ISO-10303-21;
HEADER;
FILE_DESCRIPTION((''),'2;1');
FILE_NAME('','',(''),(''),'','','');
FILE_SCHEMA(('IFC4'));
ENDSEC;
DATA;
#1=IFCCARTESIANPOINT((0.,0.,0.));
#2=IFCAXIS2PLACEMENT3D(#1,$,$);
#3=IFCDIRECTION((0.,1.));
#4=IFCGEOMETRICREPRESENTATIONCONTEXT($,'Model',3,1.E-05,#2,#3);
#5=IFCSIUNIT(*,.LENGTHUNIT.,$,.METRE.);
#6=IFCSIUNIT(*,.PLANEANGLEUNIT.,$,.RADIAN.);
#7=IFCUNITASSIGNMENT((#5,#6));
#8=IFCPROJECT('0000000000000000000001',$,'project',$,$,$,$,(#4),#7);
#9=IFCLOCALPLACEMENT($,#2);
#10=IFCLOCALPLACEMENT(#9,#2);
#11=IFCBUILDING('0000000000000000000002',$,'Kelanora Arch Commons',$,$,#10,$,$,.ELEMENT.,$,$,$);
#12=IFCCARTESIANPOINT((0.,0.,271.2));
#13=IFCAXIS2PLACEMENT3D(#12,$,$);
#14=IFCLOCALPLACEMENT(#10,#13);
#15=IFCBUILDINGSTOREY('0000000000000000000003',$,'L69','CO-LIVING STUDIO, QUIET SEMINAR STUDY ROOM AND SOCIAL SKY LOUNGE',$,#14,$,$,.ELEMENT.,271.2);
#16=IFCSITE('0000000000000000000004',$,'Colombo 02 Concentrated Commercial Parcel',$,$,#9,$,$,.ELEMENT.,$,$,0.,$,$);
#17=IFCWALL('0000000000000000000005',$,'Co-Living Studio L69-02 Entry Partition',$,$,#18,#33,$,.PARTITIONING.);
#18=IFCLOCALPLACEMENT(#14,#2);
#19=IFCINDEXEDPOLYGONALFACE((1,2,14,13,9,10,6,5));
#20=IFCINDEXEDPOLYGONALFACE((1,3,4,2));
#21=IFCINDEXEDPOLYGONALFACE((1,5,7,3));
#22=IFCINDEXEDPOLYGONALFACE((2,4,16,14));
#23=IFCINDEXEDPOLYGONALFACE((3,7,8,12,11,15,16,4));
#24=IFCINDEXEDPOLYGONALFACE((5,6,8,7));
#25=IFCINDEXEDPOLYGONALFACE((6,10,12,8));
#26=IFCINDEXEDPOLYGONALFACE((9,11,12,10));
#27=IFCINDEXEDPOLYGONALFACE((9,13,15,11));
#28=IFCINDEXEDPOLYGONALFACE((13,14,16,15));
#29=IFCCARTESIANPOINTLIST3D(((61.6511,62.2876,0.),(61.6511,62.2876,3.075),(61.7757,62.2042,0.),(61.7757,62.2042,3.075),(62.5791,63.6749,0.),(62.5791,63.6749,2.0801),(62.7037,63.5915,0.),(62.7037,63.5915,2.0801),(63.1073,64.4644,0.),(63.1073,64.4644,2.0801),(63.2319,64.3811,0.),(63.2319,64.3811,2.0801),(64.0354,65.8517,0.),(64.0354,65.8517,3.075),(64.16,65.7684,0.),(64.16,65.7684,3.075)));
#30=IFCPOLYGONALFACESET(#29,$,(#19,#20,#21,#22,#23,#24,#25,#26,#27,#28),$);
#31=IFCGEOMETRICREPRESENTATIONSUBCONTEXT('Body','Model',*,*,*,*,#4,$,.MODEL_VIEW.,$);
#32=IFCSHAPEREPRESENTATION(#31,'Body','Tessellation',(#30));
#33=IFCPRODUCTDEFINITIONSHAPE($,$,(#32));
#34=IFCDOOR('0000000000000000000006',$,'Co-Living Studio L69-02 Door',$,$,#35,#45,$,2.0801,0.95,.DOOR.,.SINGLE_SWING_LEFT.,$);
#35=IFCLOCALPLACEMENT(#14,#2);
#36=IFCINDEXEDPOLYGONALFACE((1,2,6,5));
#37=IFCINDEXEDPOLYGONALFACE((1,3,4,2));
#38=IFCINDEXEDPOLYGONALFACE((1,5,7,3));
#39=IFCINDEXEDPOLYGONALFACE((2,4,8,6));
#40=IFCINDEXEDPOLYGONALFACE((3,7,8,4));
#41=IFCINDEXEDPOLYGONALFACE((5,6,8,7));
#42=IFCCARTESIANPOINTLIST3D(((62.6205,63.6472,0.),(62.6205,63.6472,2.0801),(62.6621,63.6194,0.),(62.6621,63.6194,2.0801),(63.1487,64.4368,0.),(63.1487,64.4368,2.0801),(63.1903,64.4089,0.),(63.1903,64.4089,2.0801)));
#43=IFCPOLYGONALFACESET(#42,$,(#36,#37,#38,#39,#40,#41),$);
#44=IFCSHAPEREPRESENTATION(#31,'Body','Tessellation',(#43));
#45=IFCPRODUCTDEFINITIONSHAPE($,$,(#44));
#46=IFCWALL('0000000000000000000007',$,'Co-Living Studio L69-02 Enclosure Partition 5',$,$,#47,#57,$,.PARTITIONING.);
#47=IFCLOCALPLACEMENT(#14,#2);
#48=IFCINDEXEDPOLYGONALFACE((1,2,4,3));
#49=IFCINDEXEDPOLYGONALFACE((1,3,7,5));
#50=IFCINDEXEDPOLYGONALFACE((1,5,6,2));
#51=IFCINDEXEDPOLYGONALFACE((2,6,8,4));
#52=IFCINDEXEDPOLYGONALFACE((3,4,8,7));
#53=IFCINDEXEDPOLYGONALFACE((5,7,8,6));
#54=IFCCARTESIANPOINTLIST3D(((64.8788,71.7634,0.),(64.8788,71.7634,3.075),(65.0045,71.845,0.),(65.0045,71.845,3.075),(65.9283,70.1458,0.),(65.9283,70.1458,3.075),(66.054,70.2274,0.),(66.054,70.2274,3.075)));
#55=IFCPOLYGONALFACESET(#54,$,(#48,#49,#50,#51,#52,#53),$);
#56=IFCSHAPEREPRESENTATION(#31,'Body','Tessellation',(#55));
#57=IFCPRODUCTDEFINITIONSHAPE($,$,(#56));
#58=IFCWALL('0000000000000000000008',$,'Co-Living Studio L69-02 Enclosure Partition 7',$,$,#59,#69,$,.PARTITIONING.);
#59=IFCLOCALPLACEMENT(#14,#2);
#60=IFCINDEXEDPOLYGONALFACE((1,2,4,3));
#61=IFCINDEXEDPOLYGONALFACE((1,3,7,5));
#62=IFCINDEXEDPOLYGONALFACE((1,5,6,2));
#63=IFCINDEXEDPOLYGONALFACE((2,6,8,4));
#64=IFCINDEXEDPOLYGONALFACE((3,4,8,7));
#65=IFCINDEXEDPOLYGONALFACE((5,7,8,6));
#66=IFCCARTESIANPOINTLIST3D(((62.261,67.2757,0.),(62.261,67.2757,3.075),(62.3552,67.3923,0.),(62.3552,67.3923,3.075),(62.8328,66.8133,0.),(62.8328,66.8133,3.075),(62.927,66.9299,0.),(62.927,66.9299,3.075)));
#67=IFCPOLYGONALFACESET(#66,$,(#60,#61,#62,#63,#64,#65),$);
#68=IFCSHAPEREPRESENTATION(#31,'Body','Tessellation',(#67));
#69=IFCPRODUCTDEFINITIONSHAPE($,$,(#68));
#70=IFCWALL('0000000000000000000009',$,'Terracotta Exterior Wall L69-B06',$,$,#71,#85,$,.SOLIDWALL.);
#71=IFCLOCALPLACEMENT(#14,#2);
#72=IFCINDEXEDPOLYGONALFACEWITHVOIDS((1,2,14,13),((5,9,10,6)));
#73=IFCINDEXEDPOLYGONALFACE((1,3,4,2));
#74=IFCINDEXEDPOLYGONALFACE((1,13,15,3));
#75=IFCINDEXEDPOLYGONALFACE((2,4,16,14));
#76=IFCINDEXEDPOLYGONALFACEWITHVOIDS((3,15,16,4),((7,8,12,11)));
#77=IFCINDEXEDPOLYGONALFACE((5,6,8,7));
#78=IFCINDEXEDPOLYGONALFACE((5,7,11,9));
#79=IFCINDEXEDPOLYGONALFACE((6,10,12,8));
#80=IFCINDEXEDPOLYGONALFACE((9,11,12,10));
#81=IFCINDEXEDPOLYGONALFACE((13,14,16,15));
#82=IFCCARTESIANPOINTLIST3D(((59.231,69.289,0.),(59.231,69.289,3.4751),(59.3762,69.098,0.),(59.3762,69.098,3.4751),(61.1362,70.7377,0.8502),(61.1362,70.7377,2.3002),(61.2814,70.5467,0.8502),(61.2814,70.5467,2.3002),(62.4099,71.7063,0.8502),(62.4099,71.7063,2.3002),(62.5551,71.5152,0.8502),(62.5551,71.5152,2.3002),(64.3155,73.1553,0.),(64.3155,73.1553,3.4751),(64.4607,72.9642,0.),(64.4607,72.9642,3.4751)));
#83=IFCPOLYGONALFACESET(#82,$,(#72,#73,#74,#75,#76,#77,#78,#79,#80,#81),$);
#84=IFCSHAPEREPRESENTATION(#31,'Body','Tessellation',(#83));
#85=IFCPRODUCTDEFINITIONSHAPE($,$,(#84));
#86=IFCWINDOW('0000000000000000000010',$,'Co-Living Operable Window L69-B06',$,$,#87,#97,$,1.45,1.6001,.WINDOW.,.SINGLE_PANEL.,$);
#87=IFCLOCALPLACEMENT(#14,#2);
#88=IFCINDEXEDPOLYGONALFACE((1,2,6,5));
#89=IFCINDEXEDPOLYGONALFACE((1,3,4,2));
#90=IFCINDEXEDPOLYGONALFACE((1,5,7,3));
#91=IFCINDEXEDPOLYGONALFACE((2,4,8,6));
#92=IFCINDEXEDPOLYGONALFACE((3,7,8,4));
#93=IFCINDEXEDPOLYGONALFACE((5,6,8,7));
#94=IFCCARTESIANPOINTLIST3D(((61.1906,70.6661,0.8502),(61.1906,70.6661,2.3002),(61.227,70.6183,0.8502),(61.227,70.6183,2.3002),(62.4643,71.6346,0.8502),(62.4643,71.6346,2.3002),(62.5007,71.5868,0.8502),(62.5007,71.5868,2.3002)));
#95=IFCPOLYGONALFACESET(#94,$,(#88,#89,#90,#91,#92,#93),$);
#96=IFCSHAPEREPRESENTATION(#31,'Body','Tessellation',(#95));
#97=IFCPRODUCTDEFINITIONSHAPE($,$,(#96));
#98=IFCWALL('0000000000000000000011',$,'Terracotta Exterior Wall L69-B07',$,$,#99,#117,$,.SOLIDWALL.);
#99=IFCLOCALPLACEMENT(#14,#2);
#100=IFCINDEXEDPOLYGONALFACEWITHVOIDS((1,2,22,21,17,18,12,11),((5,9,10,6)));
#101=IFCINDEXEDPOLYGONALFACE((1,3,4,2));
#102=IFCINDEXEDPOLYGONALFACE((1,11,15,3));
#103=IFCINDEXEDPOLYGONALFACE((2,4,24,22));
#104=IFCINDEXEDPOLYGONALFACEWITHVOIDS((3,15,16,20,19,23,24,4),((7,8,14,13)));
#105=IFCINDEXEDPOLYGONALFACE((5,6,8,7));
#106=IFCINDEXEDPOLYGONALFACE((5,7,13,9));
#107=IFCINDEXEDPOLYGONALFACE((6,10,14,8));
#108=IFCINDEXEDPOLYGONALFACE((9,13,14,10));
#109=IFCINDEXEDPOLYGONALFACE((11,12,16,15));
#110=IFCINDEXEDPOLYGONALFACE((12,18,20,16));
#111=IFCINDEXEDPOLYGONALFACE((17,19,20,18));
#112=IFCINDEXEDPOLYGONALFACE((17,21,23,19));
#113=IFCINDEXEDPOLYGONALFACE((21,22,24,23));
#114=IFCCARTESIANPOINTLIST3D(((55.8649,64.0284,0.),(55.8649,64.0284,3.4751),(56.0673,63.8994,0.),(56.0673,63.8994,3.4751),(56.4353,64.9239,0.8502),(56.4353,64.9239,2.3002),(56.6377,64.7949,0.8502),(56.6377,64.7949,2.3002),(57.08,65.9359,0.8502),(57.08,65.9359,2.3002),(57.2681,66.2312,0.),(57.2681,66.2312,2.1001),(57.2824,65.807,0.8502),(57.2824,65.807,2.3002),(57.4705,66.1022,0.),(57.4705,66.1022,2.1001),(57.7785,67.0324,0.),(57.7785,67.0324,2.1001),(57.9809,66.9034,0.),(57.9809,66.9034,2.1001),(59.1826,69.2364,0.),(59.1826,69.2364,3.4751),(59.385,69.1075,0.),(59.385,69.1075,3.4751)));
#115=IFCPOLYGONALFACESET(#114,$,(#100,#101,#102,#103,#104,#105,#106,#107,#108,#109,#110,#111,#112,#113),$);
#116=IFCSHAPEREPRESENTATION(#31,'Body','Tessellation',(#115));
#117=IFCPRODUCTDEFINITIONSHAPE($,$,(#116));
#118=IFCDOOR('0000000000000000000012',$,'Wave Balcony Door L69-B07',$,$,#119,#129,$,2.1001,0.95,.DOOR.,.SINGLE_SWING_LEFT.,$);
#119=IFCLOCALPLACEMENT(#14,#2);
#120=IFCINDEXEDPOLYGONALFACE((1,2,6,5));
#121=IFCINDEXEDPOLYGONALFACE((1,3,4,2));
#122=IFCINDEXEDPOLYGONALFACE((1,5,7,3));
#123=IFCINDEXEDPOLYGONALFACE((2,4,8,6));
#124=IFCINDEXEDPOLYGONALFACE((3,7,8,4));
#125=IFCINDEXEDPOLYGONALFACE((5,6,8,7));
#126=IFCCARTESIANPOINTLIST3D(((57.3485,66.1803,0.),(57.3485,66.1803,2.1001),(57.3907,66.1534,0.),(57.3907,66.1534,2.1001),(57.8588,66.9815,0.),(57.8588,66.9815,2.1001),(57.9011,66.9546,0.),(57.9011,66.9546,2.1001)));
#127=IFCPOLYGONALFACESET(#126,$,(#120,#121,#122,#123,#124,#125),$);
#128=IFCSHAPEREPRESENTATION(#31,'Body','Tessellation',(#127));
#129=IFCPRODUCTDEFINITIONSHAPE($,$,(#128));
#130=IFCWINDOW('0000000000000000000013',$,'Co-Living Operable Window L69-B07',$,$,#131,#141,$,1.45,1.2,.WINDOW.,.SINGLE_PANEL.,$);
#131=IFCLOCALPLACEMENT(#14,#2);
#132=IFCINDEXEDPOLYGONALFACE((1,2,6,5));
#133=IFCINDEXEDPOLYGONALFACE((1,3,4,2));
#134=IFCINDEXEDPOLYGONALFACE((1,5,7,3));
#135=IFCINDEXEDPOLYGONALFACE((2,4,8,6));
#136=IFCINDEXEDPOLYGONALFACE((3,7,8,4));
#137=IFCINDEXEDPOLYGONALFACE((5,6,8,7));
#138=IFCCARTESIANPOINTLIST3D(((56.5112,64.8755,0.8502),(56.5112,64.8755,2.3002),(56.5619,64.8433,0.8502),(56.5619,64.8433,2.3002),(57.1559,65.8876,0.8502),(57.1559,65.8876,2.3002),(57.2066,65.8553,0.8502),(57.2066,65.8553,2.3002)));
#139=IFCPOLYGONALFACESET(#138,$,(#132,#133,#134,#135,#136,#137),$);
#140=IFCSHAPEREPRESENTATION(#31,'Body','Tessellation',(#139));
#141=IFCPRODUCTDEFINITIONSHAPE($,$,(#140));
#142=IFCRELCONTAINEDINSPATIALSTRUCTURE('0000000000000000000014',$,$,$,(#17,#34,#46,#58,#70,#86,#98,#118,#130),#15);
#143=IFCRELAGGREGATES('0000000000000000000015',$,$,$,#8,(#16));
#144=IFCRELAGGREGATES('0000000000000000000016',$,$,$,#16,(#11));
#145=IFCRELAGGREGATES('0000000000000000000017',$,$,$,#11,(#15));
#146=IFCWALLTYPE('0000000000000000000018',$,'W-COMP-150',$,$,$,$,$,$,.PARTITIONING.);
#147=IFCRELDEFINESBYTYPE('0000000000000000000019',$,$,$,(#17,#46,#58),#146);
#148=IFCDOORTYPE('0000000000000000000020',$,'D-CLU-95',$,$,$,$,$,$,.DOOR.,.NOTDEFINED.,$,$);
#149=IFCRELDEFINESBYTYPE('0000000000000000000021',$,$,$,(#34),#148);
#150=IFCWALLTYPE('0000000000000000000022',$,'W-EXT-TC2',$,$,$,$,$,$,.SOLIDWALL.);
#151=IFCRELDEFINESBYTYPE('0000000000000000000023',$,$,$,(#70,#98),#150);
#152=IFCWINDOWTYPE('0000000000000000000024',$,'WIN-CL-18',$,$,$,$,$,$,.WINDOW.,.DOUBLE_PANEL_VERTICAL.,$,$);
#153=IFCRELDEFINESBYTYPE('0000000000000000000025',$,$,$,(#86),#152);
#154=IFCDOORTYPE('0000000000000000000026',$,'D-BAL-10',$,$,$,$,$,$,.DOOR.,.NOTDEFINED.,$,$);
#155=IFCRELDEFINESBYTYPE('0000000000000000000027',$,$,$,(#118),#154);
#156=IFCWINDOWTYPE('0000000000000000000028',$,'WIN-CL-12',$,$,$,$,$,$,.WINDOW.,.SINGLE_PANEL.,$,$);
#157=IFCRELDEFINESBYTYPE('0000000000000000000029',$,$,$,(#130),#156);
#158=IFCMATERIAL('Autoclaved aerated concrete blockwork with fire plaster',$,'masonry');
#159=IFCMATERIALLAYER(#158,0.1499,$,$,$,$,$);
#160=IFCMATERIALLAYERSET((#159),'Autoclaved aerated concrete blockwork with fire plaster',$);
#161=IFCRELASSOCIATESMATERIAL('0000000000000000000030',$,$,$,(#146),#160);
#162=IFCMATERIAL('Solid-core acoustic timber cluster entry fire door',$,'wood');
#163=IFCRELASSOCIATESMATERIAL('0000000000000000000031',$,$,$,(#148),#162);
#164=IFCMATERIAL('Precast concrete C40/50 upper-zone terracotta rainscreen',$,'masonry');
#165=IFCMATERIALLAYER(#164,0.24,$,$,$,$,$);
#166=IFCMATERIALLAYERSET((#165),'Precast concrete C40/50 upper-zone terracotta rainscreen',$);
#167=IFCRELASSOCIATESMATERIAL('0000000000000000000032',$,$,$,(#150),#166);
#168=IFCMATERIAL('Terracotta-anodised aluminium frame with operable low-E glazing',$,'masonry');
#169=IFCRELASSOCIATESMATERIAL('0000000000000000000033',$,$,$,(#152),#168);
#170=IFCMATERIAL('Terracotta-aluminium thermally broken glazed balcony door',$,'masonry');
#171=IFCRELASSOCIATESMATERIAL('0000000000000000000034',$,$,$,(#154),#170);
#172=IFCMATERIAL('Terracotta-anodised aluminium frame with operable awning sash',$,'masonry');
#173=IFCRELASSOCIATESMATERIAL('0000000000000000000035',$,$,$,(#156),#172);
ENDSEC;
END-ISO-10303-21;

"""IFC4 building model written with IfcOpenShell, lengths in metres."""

from ifc_helpers import new_model, si_unit, direction, frame, frame_2d, origin, place, context, subcontext, project, spatial, rectangle, extrude, material, layer, layer_set, type_object, element, fill, save


model = new_model("IFC4")

# Units and contexts
model_context = context("Model", 3, precision=1e-05, world=origin(), true_north=direction((0.0, 1.0)))
body_context = subcontext(model_context, "Body", "Model", "MODEL_VIEW")
ifc_project = project(units=[si_unit("LENGTHUNIT", "METRE"), si_unit("PLANEANGLEUNIT", "RADIAN")], contexts=[model_context])

# Site, building, storey
site_placement = place(None, origin())
site = spatial("IfcSite", under=ifc_project, at=site_placement, Name="Colombo 02 Concentrated Commercial Parcel", CompositionType="ELEMENT", RefElevation=0.0)
building_placement = place(site_placement, origin())
building = spatial("IfcBuilding", under=site, at=building_placement, Name="Kelanora Arch Commons", CompositionType="ELEMENT")
storey_placement = place(building_placement, frame((0.0, 0.0, 271.2)))
storey = spatial("IfcBuildingStorey", under=building, at=storey_placement, Name="L69", Description="CO-LIVING STUDIO, QUIET SEMINAR STUDY ROOM AND SOCIAL SKY LOUNGE", CompositionType="ELEMENT", Elevation=271.2)

# Wall, opening, door
ifc_material_1 = material(Name="Autoclaved aerated concrete blockwork with fire plaster", Category="masonry")
ifc_layer_1 = layer(ifc_material_1, 0.1499)
ifc_layer_set_1 = layer_set([ifc_layer_1], Name="Autoclaved aerated concrete blockwork with fire plaster")
wall_type_1 = type_object("IfcWallType", Name="W-COMP-150", PredefinedType="PARTITIONING", material=ifc_layer_set_1)
wall_1_placement = place(storey_placement, frame((64.0977, 65.8101, 0.0), z_axis=(0.0, 0.0, 1.0), x_axis=(-0.556013, -0.831173, 0.0)))
wall_1 = element("IfcWall", 1, at=wall_1_placement, inside=storey, type_object=wall_type_1, Name="Co-Living Studio L69-02 Entry Partition", PredefinedType="PARTITIONING", context=body_context, shape_type="SweptSolid", body=[
    extrude(rectangle(XDim=4.2881, YDim=0.1499, at=frame_2d((2.144, 0.0))), origin(), (0.0, 0.0, 1.0), 3.075),
])
opening_1_placement = place(wall_1_placement, frame((1.6689, 0.0, 0.0)))
opening_1 = element("IfcOpeningElement", 2, at=opening_1_placement, cuts=wall_1, PredefinedType="OPENING", context=body_context, shape_type="SweptSolid", body=[
    extrude(rectangle(XDim=0.95, YDim=2.0801, at=frame_2d((0.4751, 1.04))), frame((0.0, 0.085, 0.0), z_axis=(0.0, -1.0, 0.0), x_axis=(1.0, 0.0, 0.0)), (0.0, 0.0, 1.0), 0.1699),
])
ifc_material_2 = material(Name="Solid-core acoustic timber cluster entry fire door", Category="wood")
door_type_1 = type_object("IfcDoorType", Name="D-CLU-95", OperationType="NOTDEFINED", PredefinedType="DOOR", material=ifc_material_2)
door_1_placement = place(opening_1_placement, origin())
door_1 = element("IfcDoor", 3, at=door_1_placement, inside=storey, type_object=door_type_1, Name="Co-Living Studio L69-02 Door", OperationType="SINGLE_SWING_LEFT", OverallHeight=2.0801, OverallWidth=0.95, PredefinedType="DOOR", context=body_context, shape_type="SweptSolid", body=[
    extrude(rectangle(XDim=0.95, YDim=2.0801, at=frame_2d((0.4751, 1.04))), frame((0.0, 0.0249, 0.0), z_axis=(0.0, -1.0, 0.0), x_axis=(1.0, 0.0, 0.0)), (0.0, 0.0, 1.0), 0.05),
])
fill(opening_1, door_1)

# Walls
wall_2_placement = place(storey_placement, frame((64.9417, 71.8042, 0.0), z_axis=(0.0, 0.0, 1.0), x_axis=(0.544285, -0.8389, 0.0)))
element("IfcWall", 4, at=wall_2_placement, inside=storey, type_object=wall_type_1, Name="Co-Living Studio L69-02 Enclosure Partition 5", PredefinedType="PARTITIONING", context=body_context, shape_type="SweptSolid", body=[
    extrude(rectangle(XDim=1.9282, YDim=0.1499, at=frame_2d((0.9641, 0.0))), origin(), (0.0, 0.0, 1.0), 3.075),
])
wall_3_placement = place(storey_placement, frame((62.3081, 67.334, 0.0), z_axis=(0.0, 0.0, 1.0), x_axis=(0.777554, -0.628816, 0.0)))
element("IfcWall", 5, at=wall_3_placement, inside=storey, type_object=wall_type_1, Name="Co-Living Studio L69-02 Enclosure Partition 7", PredefinedType="PARTITIONING", context=body_context, shape_type="SweptSolid", body=[
    extrude(rectangle(XDim=0.7354, YDim=0.1499, at=frame_2d((0.3677, 0.0))), origin(), (0.0, 0.0, 1.0), 3.075),
])

# Wall, opening, window
ifc_material_3 = material(Name="Precast concrete C40/50 upper-zone terracotta rainscreen", Category="masonry")
ifc_layer_2 = layer(ifc_material_3, 0.24)
ifc_layer_set_2 = layer_set([ifc_layer_2], Name="Precast concrete C40/50 upper-zone terracotta rainscreen")
wall_type_2 = type_object("IfcWallType", Name="W-EXT-TC2", PredefinedType="SOLIDWALL", material=ifc_layer_set_2)
wall_4_placement = place(storey_placement, frame((64.3882, 73.0598, 0.0), z_axis=(0.0, 0.0, 1.0), x_axis=(-0.79601, -0.605283, 0.0)))
wall_4 = element("IfcWall", 6, at=wall_4_placement, inside=storey, type_object=wall_type_2, Name="Terracotta Exterior Wall L69-B06", PredefinedType="SOLIDWALL", context=body_context, shape_type="SweptSolid", body=[
    extrude(rectangle(XDim=6.3875, YDim=0.24, at=frame_2d((3.1938, 0.0))), origin(), (0.0, 0.0, 1.0), 3.4751),
])
opening_2_placement = place(wall_4_placement, frame((2.394, 0.0, 0.8501)))
opening_2 = element("IfcOpeningElement", 7, at=opening_2_placement, cuts=wall_4, PredefinedType="OPENING", context=body_context, shape_type="SweptSolid", body=[
    extrude(rectangle(XDim=1.6001, YDim=1.45, at=frame_2d((0.8, 0.7251))), frame((0.0, 0.1299, 0.0), z_axis=(0.0, -1.0, 0.0), x_axis=(1.0, 0.0, 0.0)), (0.0, 0.0, 1.0), 0.26),
])
ifc_material_4 = material(Name="Terracotta-anodised aluminium frame with operable low-E glazing", Category="masonry")
window_type_1 = type_object("IfcWindowType", Name="WIN-CL-18", PartitioningType="DOUBLE_PANEL_VERTICAL", PredefinedType="WINDOW", material=ifc_material_4)
window_1_placement = place(opening_2_placement, origin())
window_1 = element("IfcWindow", 8, at=window_1_placement, inside=storey, type_object=window_type_1, Name="Co-Living Operable Window L69-B06", OverallHeight=1.45, OverallWidth=1.6001, PartitioningType="SINGLE_PANEL", PredefinedType="WINDOW", context=body_context, shape_type="SweptSolid", body=[
    extrude(rectangle(XDim=1.6001, YDim=1.45, at=frame_2d((0.8, 0.7251))), frame((0.0, 0.03, 0.0), z_axis=(0.0, -1.0, 0.0), x_axis=(1.0, 0.0, 0.0)), (0.0, 0.0, 1.0), 0.0601),
])
fill(opening_2, window_1)

# Wall, openings, door, window
wall_5_placement = place(storey_placement, frame((59.2837, 69.1719, 0.0), z_axis=(0.0, 0.0, 1.0), x_axis=(-0.537272, -0.843409, 0.0)))
wall_5 = element("IfcWall", 9, at=wall_5_placement, inside=storey, type_object=wall_type_2, Name="Terracotta Exterior Wall L69-B07", PredefinedType="SOLIDWALL", context=body_context, shape_type="SweptSolid", body=[
    extrude(rectangle(XDim=6.175, YDim=0.24, at=frame_2d((3.0874, 0.0))), origin(), (0.0, 0.0, 1.0), 3.4751),
])
opening_3_placement = place(wall_5_placement, frame((2.613, 0.0, 0.0)))
opening_3 = element("IfcOpeningElement", 10, at=opening_3_placement, cuts=wall_5, PredefinedType="OPENING", context=body_context, shape_type="SweptSolid", body=[
    extrude(rectangle(XDim=0.95, YDim=2.1001, at=frame_2d((0.4751, 1.05))), frame((0.0, 0.1299, 0.0), z_axis=(0.0, -1.0, 0.0), x_axis=(1.0, 0.0, 0.0)), (0.0, 0.0, 1.0), 0.26),
])
opening_4_placement = place(wall_5_placement, frame((3.9131, 0.0, 0.8501)))
opening_4 = element("IfcOpeningElement", 11, at=opening_4_placement, cuts=wall_5, PredefinedType="OPENING", context=body_context, shape_type="SweptSolid", body=[
    extrude(rectangle(XDim=1.2, YDim=1.45, at=frame_2d((0.6001, 0.7251))), frame((0.0, 0.1299, 0.0), z_axis=(0.0, -1.0, 0.0), x_axis=(1.0, 0.0, 0.0)), (0.0, 0.0, 1.0), 0.26),
])
ifc_material_5 = material(Name="Terracotta-aluminium thermally broken glazed balcony door", Category="masonry")
door_type_2 = type_object("IfcDoorType", Name="D-BAL-10", OperationType="NOTDEFINED", PredefinedType="DOOR", material=ifc_material_5)
door_2_placement = place(opening_3_placement, frame((0.95, 0.0, 0.0), z_axis=(0.0, 0.0, 1.0), x_axis=(-1.0, 0.0, 0.0)))
door_2 = element("IfcDoor", 12, at=door_2_placement, inside=storey, type_object=door_type_2, Name="Wave Balcony Door L69-B07", OperationType="SINGLE_SWING_LEFT", OverallHeight=2.1001, OverallWidth=0.95, PredefinedType="DOOR", context=body_context, shape_type="SweptSolid", body=[
    extrude(rectangle(XDim=0.95, YDim=2.1001, at=frame_2d((0.4751, 1.05))), frame((0.0, 0.0249, 0.0), z_axis=(0.0, -1.0, 0.0), x_axis=(1.0, 0.0, 0.0)), (0.0, 0.0, 1.0), 0.05),
])
fill(opening_3, door_2)
ifc_material_6 = material(Name="Terracotta-anodised aluminium frame with operable awning sash", Category="masonry")
window_type_2 = type_object("IfcWindowType", Name="WIN-CL-12", PartitioningType="SINGLE_PANEL", PredefinedType="WINDOW", material=ifc_material_6)
window_2_placement = place(opening_4_placement, origin())
window_2 = element("IfcWindow", 13, at=window_2_placement, inside=storey, type_object=window_type_2, Name="Co-Living Operable Window L69-B07", OverallHeight=1.45, OverallWidth=1.2, PartitioningType="SINGLE_PANEL", PredefinedType="WINDOW", context=body_context, shape_type="SweptSolid", body=[
    extrude(rectangle(XDim=1.2, YDim=1.45, at=frame_2d((0.6001, 0.7251))), frame((0.0, 0.03, 0.0), z_axis=(0.0, -1.0, 0.0), x_axis=(1.0, 0.0, 0.0)), (0.0, 0.0, 1.0), 0.0601),
])
fill(opening_4, window_2)

save(model, "model.ifc")
